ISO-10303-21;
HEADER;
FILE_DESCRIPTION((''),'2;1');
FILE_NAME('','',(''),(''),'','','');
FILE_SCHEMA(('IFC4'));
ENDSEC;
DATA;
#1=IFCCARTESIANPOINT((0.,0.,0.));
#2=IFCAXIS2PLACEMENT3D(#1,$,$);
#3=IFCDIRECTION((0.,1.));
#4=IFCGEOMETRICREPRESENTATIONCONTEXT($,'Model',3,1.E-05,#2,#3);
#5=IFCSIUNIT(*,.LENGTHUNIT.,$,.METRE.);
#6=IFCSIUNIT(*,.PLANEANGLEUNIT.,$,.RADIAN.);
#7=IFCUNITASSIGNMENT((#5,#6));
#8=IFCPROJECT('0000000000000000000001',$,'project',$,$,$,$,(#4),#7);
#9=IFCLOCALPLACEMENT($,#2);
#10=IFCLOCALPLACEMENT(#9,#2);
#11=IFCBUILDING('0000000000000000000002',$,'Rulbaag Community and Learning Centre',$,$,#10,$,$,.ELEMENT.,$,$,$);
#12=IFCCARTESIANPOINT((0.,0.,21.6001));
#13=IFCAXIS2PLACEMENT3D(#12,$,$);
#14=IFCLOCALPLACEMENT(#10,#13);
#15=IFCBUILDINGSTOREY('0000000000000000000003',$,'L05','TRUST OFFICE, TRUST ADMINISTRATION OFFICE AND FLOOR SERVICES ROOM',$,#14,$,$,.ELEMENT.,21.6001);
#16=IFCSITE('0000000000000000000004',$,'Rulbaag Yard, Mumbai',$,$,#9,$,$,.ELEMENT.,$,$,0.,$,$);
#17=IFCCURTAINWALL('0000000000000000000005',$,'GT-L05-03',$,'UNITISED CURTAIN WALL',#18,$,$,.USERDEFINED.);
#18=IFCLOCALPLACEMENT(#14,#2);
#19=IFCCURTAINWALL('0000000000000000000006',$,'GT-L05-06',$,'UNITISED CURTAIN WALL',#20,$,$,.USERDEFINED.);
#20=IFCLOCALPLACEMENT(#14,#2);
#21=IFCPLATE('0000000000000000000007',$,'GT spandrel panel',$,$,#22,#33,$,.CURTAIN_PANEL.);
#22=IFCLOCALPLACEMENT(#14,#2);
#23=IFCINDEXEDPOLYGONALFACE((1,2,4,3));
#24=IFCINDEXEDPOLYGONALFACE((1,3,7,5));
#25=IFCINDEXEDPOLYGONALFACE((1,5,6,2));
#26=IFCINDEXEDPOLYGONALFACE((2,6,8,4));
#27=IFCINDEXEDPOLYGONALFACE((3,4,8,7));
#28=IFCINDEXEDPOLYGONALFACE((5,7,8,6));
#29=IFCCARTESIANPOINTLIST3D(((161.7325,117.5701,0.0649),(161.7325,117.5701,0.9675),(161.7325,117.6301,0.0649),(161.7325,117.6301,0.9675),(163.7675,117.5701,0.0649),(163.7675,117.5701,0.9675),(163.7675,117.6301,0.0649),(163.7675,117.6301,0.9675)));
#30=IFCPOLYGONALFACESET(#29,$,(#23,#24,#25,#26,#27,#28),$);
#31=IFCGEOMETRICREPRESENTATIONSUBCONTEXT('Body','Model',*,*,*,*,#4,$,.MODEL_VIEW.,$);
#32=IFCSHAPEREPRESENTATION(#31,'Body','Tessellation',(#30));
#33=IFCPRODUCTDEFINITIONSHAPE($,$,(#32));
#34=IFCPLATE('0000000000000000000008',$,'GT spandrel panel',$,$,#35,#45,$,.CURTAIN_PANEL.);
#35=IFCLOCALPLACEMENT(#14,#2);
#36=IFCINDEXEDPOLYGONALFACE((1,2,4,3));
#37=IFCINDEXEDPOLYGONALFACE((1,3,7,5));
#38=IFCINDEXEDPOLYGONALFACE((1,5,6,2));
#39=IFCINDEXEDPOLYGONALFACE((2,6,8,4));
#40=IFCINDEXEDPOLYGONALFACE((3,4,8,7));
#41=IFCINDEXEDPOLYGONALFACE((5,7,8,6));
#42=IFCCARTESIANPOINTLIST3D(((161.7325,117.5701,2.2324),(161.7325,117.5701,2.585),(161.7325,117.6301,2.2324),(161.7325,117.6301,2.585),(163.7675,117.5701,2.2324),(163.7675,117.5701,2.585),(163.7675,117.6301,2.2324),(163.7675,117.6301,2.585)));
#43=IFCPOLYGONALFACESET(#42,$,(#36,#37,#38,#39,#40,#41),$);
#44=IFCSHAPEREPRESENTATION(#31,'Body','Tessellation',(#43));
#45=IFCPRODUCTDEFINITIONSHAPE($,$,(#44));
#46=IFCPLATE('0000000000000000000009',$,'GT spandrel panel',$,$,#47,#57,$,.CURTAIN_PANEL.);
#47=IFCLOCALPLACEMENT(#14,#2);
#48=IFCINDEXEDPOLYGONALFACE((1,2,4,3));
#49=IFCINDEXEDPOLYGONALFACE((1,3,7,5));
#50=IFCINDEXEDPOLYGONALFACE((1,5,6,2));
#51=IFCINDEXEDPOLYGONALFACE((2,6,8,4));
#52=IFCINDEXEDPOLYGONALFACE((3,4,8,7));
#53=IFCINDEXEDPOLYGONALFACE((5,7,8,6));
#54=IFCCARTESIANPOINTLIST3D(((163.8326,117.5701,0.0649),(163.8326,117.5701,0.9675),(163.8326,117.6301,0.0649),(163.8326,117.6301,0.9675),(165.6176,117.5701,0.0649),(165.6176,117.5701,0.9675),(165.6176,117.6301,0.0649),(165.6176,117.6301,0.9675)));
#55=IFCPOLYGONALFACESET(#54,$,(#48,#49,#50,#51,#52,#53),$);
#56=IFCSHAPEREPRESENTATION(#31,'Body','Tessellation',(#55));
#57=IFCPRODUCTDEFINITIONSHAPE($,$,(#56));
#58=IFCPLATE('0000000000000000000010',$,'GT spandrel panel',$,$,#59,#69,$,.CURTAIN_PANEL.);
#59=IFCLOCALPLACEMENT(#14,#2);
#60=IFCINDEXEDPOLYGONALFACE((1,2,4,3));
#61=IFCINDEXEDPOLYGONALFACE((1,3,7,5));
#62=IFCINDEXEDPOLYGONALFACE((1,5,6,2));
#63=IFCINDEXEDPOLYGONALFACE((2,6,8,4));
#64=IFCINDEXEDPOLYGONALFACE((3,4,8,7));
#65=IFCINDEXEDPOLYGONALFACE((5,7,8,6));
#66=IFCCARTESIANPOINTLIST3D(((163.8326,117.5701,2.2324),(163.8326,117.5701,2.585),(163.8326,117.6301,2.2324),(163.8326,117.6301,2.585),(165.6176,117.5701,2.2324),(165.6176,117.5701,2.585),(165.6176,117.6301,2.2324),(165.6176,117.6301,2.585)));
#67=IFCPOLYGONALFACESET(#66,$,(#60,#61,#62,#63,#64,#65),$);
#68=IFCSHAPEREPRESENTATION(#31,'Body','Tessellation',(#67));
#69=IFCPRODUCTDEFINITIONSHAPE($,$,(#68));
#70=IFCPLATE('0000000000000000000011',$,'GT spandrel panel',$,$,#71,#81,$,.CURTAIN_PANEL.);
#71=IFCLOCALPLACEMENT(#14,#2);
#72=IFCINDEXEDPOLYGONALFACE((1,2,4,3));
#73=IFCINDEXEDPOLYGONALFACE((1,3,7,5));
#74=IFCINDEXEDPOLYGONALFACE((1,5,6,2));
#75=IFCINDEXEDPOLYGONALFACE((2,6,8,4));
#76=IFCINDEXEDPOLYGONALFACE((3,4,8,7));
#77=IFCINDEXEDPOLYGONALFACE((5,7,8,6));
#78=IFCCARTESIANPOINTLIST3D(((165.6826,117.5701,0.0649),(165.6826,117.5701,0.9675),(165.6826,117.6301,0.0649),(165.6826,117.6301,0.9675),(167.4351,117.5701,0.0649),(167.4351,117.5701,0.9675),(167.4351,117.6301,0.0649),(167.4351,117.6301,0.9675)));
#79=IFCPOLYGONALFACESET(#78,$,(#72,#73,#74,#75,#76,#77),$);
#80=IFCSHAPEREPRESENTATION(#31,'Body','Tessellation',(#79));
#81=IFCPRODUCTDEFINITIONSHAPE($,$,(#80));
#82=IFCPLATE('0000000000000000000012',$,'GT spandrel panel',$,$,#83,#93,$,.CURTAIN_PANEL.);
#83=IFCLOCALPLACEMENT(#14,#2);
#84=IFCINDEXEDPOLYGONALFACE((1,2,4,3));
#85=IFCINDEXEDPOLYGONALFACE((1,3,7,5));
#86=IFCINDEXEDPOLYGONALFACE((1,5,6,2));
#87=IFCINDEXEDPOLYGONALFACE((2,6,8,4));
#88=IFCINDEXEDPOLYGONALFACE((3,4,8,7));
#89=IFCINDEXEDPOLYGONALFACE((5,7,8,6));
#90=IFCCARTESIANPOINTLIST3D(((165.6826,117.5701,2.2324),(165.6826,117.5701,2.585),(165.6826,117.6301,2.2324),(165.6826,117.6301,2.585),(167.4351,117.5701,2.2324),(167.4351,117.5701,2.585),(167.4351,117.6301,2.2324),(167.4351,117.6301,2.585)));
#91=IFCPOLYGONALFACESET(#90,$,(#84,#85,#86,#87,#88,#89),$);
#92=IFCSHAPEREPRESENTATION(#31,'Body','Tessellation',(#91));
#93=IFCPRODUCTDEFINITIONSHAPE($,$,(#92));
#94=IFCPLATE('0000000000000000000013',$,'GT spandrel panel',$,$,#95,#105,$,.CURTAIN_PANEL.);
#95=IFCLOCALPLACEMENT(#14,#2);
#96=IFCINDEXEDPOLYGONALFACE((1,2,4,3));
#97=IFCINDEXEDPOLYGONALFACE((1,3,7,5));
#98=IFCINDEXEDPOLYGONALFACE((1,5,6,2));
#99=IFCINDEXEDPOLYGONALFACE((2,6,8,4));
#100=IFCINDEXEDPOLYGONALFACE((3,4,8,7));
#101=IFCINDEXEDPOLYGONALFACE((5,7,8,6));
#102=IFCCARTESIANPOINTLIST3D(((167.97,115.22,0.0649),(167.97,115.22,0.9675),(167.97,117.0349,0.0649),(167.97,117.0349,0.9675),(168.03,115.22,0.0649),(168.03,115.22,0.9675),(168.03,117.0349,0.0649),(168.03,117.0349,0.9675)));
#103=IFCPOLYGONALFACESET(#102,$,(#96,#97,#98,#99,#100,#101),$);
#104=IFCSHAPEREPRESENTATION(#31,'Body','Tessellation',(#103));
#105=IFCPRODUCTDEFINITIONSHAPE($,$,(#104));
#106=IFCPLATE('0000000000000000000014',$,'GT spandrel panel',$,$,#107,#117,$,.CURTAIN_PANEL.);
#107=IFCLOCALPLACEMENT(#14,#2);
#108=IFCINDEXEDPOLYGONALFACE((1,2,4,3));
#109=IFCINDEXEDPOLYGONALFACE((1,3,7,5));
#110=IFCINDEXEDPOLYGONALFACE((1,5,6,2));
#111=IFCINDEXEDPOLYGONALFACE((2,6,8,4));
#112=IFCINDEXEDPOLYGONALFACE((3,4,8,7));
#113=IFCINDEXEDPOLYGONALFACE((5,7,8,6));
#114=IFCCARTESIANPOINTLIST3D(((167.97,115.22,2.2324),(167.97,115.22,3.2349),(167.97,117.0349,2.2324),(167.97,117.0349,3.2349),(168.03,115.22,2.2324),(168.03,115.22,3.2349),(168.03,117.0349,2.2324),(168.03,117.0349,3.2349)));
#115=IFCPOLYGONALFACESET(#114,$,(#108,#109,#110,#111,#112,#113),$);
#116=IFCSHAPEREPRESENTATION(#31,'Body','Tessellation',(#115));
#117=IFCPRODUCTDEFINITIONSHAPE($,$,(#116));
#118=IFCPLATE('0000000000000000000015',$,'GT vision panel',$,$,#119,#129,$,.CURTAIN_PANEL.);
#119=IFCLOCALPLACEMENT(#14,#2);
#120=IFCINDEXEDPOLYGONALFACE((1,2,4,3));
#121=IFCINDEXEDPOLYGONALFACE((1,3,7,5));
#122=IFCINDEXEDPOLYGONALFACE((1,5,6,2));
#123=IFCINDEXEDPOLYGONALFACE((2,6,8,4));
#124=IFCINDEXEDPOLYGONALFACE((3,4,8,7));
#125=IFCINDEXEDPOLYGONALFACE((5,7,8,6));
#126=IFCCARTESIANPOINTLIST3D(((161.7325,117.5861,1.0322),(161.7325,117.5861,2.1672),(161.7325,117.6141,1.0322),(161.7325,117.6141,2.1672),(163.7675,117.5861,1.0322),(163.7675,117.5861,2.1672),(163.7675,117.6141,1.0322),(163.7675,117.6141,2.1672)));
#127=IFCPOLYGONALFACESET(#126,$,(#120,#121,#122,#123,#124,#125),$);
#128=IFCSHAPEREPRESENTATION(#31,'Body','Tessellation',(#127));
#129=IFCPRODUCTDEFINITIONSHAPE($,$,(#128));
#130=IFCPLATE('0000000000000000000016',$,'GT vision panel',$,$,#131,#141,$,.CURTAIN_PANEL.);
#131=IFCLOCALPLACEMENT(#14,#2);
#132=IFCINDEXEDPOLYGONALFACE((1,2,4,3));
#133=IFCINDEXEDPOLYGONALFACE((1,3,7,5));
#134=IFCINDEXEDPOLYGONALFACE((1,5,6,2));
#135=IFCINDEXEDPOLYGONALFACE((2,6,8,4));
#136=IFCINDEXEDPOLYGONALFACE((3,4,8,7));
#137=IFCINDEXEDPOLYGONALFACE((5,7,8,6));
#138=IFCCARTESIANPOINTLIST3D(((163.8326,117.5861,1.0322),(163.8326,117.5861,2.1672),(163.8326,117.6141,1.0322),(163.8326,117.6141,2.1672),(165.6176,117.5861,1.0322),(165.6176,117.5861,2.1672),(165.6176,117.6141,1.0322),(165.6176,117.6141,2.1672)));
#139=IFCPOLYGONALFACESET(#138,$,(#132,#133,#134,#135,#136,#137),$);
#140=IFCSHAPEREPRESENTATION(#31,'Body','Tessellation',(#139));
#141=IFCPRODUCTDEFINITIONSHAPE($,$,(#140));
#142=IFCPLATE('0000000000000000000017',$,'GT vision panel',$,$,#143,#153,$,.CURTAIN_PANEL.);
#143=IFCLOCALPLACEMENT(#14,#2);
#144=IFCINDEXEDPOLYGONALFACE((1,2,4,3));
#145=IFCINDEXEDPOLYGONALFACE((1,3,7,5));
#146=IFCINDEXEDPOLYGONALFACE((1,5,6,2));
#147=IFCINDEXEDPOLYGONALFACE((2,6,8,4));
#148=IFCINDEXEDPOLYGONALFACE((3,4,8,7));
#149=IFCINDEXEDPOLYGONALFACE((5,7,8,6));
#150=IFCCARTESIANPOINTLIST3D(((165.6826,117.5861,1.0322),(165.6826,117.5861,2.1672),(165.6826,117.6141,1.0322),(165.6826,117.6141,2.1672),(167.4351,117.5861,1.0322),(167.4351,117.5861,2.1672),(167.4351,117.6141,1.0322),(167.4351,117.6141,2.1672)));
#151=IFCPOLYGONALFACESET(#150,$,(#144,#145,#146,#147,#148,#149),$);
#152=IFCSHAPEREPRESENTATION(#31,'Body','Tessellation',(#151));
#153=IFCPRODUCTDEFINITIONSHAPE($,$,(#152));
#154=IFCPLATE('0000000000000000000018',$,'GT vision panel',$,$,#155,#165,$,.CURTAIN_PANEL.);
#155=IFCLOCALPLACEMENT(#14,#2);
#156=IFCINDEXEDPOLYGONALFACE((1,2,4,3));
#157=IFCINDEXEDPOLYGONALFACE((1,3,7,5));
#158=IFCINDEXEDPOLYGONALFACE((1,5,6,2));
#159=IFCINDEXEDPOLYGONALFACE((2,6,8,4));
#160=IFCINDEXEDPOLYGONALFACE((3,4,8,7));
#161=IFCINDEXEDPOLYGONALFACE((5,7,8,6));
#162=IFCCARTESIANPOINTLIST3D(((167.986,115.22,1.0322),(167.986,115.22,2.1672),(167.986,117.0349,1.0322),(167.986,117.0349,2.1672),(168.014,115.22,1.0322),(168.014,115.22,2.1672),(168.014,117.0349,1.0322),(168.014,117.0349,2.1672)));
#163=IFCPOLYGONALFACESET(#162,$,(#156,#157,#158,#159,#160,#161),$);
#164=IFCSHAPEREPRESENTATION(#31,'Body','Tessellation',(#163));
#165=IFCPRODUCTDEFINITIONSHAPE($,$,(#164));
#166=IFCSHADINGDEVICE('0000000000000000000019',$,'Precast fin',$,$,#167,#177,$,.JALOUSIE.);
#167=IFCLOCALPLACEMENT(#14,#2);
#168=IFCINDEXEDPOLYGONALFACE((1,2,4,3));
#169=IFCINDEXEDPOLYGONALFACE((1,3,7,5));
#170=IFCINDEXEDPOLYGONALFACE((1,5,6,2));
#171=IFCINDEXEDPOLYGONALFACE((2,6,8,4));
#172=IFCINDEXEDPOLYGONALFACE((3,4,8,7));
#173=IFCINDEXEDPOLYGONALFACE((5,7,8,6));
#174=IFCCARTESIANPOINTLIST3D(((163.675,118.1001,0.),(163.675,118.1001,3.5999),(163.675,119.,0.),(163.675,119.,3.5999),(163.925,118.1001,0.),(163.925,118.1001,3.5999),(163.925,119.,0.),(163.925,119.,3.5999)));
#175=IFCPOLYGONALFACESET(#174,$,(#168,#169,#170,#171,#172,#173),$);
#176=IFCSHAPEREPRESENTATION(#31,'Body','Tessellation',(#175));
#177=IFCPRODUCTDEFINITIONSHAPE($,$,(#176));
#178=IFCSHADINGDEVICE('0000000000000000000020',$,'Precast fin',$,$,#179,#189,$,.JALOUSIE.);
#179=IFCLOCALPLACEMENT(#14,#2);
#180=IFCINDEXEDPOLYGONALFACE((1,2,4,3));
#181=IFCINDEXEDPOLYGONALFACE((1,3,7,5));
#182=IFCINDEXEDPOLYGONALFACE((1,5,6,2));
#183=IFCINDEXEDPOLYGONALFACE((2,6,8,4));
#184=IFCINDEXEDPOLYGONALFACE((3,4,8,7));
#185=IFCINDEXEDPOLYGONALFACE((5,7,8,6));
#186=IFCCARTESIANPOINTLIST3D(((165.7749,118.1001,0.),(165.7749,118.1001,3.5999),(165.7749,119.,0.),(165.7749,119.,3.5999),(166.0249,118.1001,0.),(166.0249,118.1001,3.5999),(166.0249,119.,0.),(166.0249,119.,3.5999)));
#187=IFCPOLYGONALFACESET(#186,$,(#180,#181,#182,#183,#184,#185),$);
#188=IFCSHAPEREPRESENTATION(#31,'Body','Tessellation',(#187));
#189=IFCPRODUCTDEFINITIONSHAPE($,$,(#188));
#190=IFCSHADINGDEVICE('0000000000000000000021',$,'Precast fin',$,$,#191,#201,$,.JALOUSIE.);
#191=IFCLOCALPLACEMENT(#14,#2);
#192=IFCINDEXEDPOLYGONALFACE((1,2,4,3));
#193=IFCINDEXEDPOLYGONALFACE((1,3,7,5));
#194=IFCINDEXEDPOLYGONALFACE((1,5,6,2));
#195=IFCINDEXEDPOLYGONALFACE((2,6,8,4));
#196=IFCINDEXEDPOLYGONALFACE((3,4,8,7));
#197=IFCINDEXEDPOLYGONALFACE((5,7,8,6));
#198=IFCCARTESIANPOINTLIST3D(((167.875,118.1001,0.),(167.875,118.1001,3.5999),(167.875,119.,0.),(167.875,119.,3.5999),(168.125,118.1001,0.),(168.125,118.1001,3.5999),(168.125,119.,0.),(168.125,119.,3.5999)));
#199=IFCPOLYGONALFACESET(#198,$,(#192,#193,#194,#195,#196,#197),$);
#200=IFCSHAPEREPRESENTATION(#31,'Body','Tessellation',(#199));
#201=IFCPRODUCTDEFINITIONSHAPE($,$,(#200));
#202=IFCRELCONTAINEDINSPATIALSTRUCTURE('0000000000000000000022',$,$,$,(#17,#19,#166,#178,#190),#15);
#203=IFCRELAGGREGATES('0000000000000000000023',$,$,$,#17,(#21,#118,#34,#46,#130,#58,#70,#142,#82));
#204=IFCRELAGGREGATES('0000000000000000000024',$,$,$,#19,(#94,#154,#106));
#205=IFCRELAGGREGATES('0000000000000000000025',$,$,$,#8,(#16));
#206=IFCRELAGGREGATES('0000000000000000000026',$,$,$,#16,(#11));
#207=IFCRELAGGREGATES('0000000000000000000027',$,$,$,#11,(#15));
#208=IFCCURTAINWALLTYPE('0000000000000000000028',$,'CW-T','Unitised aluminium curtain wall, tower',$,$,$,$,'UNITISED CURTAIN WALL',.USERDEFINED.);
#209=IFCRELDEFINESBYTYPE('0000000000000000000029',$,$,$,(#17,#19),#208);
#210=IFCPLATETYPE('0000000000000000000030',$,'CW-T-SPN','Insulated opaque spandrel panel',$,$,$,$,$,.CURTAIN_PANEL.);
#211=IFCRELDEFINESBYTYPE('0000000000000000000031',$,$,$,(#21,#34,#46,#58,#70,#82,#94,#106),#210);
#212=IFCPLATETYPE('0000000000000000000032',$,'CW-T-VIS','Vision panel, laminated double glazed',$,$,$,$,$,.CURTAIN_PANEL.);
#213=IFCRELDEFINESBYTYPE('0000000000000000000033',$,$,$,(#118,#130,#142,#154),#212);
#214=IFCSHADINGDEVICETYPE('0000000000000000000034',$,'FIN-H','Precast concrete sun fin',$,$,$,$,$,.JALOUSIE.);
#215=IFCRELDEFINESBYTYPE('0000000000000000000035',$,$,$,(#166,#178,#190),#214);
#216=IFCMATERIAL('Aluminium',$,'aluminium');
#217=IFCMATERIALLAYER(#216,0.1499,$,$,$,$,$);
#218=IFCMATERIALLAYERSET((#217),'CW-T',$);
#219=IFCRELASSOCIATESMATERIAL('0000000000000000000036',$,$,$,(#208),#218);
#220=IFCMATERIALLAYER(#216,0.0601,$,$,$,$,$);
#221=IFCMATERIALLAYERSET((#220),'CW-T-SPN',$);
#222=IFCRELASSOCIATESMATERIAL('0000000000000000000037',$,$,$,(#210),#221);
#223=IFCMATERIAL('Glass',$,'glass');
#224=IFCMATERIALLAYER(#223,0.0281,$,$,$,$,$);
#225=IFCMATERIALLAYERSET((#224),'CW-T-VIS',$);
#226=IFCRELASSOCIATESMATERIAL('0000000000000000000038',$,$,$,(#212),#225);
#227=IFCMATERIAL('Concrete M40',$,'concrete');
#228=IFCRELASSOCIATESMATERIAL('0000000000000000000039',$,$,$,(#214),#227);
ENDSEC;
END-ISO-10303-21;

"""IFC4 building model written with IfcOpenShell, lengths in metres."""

from ifc_helpers import new_model, si_unit, direction, frame, origin, origin_2d, place, context, subcontext, project, spatial, rectangle, extrude, material, layer, layer_set, material_profile, profile_set, type_object, element, aggregate, save


model = new_model("IFC4")

# Units and contexts
model_context = context("Model", 3, precision=1e-05, world=origin(), true_north=direction((0.0, 1.0)))
body_context = subcontext(model_context, "Body", "Model", "MODEL_VIEW")
ifc_project = project(units=[si_unit("LENGTHUNIT", "METRE"), si_unit("PLANEANGLEUNIT", "RADIAN")], contexts=[model_context])

# Site, building, storey
site_placement = place(None, origin())
site = spatial("IfcSite", under=ifc_project, at=site_placement, Name="Rulbaag Yard, Mumbai", CompositionType="ELEMENT", RefElevation=0.0)
building_placement = place(site_placement, origin())
building = spatial("IfcBuilding", under=site, at=building_placement, Name="Rulbaag Community and Learning Centre", CompositionType="ELEMENT")
storey_placement = place(building_placement, frame((0.0, 0.0, 21.6001)))
storey = spatial("IfcBuildingStorey", under=building, at=storey_placement, Name="L05", Description="TRUST OFFICE, TRUST ADMINISTRATION OFFICE AND FLOOR SERVICES ROOM", CompositionType="ELEMENT", Elevation=21.6001)

# Curtain wall
ifc_material_1 = material(Name="Aluminium", Category="aluminium")
ifc_layer_1 = layer(ifc_material_1, 0.1499)
ifc_layer_set_1 = layer_set([ifc_layer_1], Name="CW-T")
curtain_wall_type = type_object("IfcCurtainWallType", Name="CW-T", Description="Unitised aluminium curtain wall, tower", ElementType="UNITISED CURTAIN WALL", PredefinedType="USERDEFINED", material=ifc_layer_set_1)
curtain_wall_1_placement = place(storey_placement, origin())
curtain_wall_1 = element("IfcCurtainWall", 1, at=curtain_wall_1_placement, inside=storey, type_object=curtain_wall_type, Name="GT-L05-03", ObjectType="UNITISED CURTAIN WALL", PredefinedType="USERDEFINED")

# Curtain wall
curtain_wall_2_placement = place(storey_placement, origin())
curtain_wall_2 = element("IfcCurtainWall", 2, at=curtain_wall_2_placement, inside=storey, type_object=curtain_wall_type, Name="GT-L05-06", ObjectType="UNITISED CURTAIN WALL", PredefinedType="USERDEFINED")

# Plates
ifc_layer_2 = layer(ifc_material_1, 0.0601)
ifc_layer_set_2 = layer_set([ifc_layer_2], Name="CW-T-SPN")
plate_type_1 = type_object("IfcPlateType", Name="CW-T-SPN", Description="Insulated opaque spandrel panel", PredefinedType="CURTAIN_PANEL", material=ifc_layer_set_2)
plate_1_placement = place(storey_placement, frame((162.75, 117.6001, 0.0649), z_axis=(0.0, 0.0, 1.0), x_axis=(1.0, 0.0, 0.0)))
plate_1 = element("IfcPlate", 3, at=plate_1_placement, type_object=plate_type_1, Name="GT spandrel panel", PredefinedType="CURTAIN_PANEL", context=body_context, shape_type="SweptSolid", body=[
    extrude(rectangle(XDim=2.0349, YDim=0.0601, at=origin_2d()), origin(), (0.0, 0.0, 1.0), 0.9026),
])
plate_2_placement = place(storey_placement, frame((162.75, 117.6001, 2.2324), z_axis=(0.0, 0.0, 1.0), x_axis=(1.0, 0.0, 0.0)))
plate_2 = element("IfcPlate", 4, at=plate_2_placement, type_object=plate_type_1, Name="GT spandrel panel", PredefinedType="CURTAIN_PANEL", context=body_context, shape_type="SweptSolid", body=[
    extrude(rectangle(XDim=2.0349, YDim=0.0601, at=origin_2d()), origin(), (0.0, 0.0, 1.0), 0.3525),
])
plate_3_placement = place(storey_placement, frame((164.7251, 117.6001, 0.0649), z_axis=(0.0, 0.0, 1.0), x_axis=(1.0, 0.0, 0.0)))
plate_3 = element("IfcPlate", 5, at=plate_3_placement, type_object=plate_type_1, Name="GT spandrel panel", PredefinedType="CURTAIN_PANEL", context=body_context, shape_type="SweptSolid", body=[
    extrude(rectangle(XDim=1.7849, YDim=0.0601, at=origin_2d()), origin(), (0.0, 0.0, 1.0), 0.9026),
])
plate_4_placement = place(storey_placement, frame((164.7251, 117.6001, 2.2324), z_axis=(0.0, 0.0, 1.0), x_axis=(1.0, 0.0, 0.0)))
plate_4 = element("IfcPlate", 6, at=plate_4_placement, type_object=plate_type_1, Name="GT spandrel panel", PredefinedType="CURTAIN_PANEL", context=body_context, shape_type="SweptSolid", body=[
    extrude(rectangle(XDim=1.7849, YDim=0.0601, at=origin_2d()), origin(), (0.0, 0.0, 1.0), 0.3525),
])
plate_5_placement = place(storey_placement, frame((166.5588, 117.6001, 0.0649), z_axis=(0.0, 0.0, 1.0), x_axis=(1.0, 0.0, 0.0)))
plate_5 = element("IfcPlate", 7, at=plate_5_placement, type_object=plate_type_1, Name="GT spandrel panel", PredefinedType="CURTAIN_PANEL", context=body_context, shape_type="SweptSolid", body=[
    extrude(rectangle(XDim=1.7524, YDim=0.0601, at=origin_2d()), origin(), (0.0, 0.0, 1.0), 0.9026),
])
plate_6_placement = place(storey_placement, frame((166.5588, 117.6001, 2.2324), z_axis=(0.0, 0.0, 1.0), x_axis=(1.0, 0.0, 0.0)))
plate_6 = element("IfcPlate", 8, at=plate_6_placement, type_object=plate_type_1, Name="GT spandrel panel", PredefinedType="CURTAIN_PANEL", context=body_context, shape_type="SweptSolid", body=[
    extrude(rectangle(XDim=1.7524, YDim=0.0601, at=origin_2d()), origin(), (0.0, 0.0, 1.0), 0.3525),
])
plate_7_placement = place(storey_placement, frame((168.0, 116.1274, 0.0649), z_axis=(0.0, 0.0, 1.0), x_axis=(0.0, 1.0, 0.0)))
plate_7 = element("IfcPlate", 9, at=plate_7_placement, type_object=plate_type_1, Name="GT spandrel panel", PredefinedType="CURTAIN_PANEL", context=body_context, shape_type="SweptSolid", body=[
    extrude(rectangle(XDim=1.8149, YDim=0.0601, at=origin_2d()), origin(), (0.0, 0.0, 1.0), 0.9026),
])
plate_8_placement = place(storey_placement, frame((168.0, 116.1274, 2.2324), z_axis=(0.0, 0.0, 1.0), x_axis=(0.0, 1.0, 0.0)))
plate_8 = element("IfcPlate", 10, at=plate_8_placement, type_object=plate_type_1, Name="GT spandrel panel", PredefinedType="CURTAIN_PANEL", context=body_context, shape_type="SweptSolid", body=[
    extrude(rectangle(XDim=1.8149, YDim=0.0601, at=origin_2d()), origin(), (0.0, 0.0, 1.0), 1.0024),
])
ifc_material_2 = material(Name="Glass", Category="glass")
ifc_layer_3 = layer(ifc_material_2, 0.0281)
ifc_layer_set_3 = layer_set([ifc_layer_3], Name="CW-T-VIS")
plate_type_2 = type_object("IfcPlateType", Name="CW-T-VIS", Description="Vision panel, laminated double glazed", PredefinedType="CURTAIN_PANEL", material=ifc_layer_set_3)
plate_9_placement = place(storey_placement, frame((162.75, 117.6001, 1.0322), z_axis=(0.0, 0.0, 1.0), x_axis=(1.0, 0.0, 0.0)))
plate_9 = element("IfcPlate", 11, at=plate_9_placement, type_object=plate_type_2, Name="GT vision panel", PredefinedType="CURTAIN_PANEL", context=body_context, shape_type="SweptSolid", body=[
    extrude(rectangle(XDim=2.0349, YDim=0.0281, at=origin_2d()), origin(), (0.0, 0.0, 1.0), 1.135),
])
plate_10_placement = place(storey_placement, frame((164.7251, 117.6001, 1.0322), z_axis=(0.0, 0.0, 1.0), x_axis=(1.0, 0.0, 0.0)))
plate_10 = element("IfcPlate", 12, at=plate_10_placement, type_object=plate_type_2, Name="GT vision panel", PredefinedType="CURTAIN_PANEL", context=body_context, shape_type="SweptSolid", body=[
    extrude(rectangle(XDim=1.7849, YDim=0.0281, at=origin_2d()), origin(), (0.0, 0.0, 1.0), 1.135),
])
plate_11_placement = place(storey_placement, frame((166.5588, 117.6001, 1.0322), z_axis=(0.0, 0.0, 1.0), x_axis=(1.0, 0.0, 0.0)))
plate_11 = element("IfcPlate", 13, at=plate_11_placement, type_object=plate_type_2, Name="GT vision panel", PredefinedType="CURTAIN_PANEL", context=body_context, shape_type="SweptSolid", body=[
    extrude(rectangle(XDim=1.7524, YDim=0.0281, at=origin_2d()), origin(), (0.0, 0.0, 1.0), 1.135),
])
aggregate(curtain_wall_1, [plate_1, plate_9, plate_2, plate_3, plate_10, plate_4, plate_5, plate_11, plate_6])
plate_12_placement = place(storey_placement, frame((168.0, 116.1274, 1.0322), z_axis=(0.0, 0.0, 1.0), x_axis=(0.0, 1.0, 0.0)))
plate_12 = element("IfcPlate", 14, at=plate_12_placement, type_object=plate_type_2, Name="GT vision panel", PredefinedType="CURTAIN_PANEL", context=body_context, shape_type="SweptSolid", body=[
    extrude(rectangle(XDim=1.8149, YDim=0.0281, at=origin_2d()), origin(), (0.0, 0.0, 1.0), 1.135),
])
aggregate(curtain_wall_2, [plate_7, plate_12, plate_8])

# Shading devices
ifc_material_3 = material(Name="Concrete M40", Category="concrete")
ifc_material_profile_1 = material_profile(ifc_material_3, rectangle(XDim=0.25, YDim=0.8999, at=origin_2d()), Name="PC 250x900")
ifc_profile_set_1 = profile_set([ifc_material_profile_1], Name="Concrete M40")
shading_device_type = type_object("IfcShadingDeviceType", Name="FIN-H", Description="Precast concrete sun fin", PredefinedType="JALOUSIE", material=ifc_profile_set_1)
for number, where, z_axis, x_axis, name in (
    (15, (163.8, 118.55, 0.0), (0.0, 0.0, 1.0), (1.0, 0.0, 0.0), "Precast fin"),
    (16, (165.8999, 118.55, 0.0), (0.0, 0.0, 1.0), (1.0, 0.0, 0.0), "Precast fin"),
    (17, (168.0, 118.55, 0.0), (0.0, 0.0, 1.0), (1.0, 0.0, 0.0), "Precast fin"),
):
    element("IfcShadingDevice", number, at=place(storey_placement, frame(where, z_axis=z_axis, x_axis=x_axis)), inside=storey, type_object=shading_device_type, Name=name, PredefinedType="JALOUSIE", context=body_context, shape_type="SweptSolid", body=[
        extrude(rectangle(XDim=0.25, YDim=0.8999, at=origin_2d()), origin(), (0.0, 0.0, 1.0), 3.5999),
    ])

save(model, "model.ifc")
